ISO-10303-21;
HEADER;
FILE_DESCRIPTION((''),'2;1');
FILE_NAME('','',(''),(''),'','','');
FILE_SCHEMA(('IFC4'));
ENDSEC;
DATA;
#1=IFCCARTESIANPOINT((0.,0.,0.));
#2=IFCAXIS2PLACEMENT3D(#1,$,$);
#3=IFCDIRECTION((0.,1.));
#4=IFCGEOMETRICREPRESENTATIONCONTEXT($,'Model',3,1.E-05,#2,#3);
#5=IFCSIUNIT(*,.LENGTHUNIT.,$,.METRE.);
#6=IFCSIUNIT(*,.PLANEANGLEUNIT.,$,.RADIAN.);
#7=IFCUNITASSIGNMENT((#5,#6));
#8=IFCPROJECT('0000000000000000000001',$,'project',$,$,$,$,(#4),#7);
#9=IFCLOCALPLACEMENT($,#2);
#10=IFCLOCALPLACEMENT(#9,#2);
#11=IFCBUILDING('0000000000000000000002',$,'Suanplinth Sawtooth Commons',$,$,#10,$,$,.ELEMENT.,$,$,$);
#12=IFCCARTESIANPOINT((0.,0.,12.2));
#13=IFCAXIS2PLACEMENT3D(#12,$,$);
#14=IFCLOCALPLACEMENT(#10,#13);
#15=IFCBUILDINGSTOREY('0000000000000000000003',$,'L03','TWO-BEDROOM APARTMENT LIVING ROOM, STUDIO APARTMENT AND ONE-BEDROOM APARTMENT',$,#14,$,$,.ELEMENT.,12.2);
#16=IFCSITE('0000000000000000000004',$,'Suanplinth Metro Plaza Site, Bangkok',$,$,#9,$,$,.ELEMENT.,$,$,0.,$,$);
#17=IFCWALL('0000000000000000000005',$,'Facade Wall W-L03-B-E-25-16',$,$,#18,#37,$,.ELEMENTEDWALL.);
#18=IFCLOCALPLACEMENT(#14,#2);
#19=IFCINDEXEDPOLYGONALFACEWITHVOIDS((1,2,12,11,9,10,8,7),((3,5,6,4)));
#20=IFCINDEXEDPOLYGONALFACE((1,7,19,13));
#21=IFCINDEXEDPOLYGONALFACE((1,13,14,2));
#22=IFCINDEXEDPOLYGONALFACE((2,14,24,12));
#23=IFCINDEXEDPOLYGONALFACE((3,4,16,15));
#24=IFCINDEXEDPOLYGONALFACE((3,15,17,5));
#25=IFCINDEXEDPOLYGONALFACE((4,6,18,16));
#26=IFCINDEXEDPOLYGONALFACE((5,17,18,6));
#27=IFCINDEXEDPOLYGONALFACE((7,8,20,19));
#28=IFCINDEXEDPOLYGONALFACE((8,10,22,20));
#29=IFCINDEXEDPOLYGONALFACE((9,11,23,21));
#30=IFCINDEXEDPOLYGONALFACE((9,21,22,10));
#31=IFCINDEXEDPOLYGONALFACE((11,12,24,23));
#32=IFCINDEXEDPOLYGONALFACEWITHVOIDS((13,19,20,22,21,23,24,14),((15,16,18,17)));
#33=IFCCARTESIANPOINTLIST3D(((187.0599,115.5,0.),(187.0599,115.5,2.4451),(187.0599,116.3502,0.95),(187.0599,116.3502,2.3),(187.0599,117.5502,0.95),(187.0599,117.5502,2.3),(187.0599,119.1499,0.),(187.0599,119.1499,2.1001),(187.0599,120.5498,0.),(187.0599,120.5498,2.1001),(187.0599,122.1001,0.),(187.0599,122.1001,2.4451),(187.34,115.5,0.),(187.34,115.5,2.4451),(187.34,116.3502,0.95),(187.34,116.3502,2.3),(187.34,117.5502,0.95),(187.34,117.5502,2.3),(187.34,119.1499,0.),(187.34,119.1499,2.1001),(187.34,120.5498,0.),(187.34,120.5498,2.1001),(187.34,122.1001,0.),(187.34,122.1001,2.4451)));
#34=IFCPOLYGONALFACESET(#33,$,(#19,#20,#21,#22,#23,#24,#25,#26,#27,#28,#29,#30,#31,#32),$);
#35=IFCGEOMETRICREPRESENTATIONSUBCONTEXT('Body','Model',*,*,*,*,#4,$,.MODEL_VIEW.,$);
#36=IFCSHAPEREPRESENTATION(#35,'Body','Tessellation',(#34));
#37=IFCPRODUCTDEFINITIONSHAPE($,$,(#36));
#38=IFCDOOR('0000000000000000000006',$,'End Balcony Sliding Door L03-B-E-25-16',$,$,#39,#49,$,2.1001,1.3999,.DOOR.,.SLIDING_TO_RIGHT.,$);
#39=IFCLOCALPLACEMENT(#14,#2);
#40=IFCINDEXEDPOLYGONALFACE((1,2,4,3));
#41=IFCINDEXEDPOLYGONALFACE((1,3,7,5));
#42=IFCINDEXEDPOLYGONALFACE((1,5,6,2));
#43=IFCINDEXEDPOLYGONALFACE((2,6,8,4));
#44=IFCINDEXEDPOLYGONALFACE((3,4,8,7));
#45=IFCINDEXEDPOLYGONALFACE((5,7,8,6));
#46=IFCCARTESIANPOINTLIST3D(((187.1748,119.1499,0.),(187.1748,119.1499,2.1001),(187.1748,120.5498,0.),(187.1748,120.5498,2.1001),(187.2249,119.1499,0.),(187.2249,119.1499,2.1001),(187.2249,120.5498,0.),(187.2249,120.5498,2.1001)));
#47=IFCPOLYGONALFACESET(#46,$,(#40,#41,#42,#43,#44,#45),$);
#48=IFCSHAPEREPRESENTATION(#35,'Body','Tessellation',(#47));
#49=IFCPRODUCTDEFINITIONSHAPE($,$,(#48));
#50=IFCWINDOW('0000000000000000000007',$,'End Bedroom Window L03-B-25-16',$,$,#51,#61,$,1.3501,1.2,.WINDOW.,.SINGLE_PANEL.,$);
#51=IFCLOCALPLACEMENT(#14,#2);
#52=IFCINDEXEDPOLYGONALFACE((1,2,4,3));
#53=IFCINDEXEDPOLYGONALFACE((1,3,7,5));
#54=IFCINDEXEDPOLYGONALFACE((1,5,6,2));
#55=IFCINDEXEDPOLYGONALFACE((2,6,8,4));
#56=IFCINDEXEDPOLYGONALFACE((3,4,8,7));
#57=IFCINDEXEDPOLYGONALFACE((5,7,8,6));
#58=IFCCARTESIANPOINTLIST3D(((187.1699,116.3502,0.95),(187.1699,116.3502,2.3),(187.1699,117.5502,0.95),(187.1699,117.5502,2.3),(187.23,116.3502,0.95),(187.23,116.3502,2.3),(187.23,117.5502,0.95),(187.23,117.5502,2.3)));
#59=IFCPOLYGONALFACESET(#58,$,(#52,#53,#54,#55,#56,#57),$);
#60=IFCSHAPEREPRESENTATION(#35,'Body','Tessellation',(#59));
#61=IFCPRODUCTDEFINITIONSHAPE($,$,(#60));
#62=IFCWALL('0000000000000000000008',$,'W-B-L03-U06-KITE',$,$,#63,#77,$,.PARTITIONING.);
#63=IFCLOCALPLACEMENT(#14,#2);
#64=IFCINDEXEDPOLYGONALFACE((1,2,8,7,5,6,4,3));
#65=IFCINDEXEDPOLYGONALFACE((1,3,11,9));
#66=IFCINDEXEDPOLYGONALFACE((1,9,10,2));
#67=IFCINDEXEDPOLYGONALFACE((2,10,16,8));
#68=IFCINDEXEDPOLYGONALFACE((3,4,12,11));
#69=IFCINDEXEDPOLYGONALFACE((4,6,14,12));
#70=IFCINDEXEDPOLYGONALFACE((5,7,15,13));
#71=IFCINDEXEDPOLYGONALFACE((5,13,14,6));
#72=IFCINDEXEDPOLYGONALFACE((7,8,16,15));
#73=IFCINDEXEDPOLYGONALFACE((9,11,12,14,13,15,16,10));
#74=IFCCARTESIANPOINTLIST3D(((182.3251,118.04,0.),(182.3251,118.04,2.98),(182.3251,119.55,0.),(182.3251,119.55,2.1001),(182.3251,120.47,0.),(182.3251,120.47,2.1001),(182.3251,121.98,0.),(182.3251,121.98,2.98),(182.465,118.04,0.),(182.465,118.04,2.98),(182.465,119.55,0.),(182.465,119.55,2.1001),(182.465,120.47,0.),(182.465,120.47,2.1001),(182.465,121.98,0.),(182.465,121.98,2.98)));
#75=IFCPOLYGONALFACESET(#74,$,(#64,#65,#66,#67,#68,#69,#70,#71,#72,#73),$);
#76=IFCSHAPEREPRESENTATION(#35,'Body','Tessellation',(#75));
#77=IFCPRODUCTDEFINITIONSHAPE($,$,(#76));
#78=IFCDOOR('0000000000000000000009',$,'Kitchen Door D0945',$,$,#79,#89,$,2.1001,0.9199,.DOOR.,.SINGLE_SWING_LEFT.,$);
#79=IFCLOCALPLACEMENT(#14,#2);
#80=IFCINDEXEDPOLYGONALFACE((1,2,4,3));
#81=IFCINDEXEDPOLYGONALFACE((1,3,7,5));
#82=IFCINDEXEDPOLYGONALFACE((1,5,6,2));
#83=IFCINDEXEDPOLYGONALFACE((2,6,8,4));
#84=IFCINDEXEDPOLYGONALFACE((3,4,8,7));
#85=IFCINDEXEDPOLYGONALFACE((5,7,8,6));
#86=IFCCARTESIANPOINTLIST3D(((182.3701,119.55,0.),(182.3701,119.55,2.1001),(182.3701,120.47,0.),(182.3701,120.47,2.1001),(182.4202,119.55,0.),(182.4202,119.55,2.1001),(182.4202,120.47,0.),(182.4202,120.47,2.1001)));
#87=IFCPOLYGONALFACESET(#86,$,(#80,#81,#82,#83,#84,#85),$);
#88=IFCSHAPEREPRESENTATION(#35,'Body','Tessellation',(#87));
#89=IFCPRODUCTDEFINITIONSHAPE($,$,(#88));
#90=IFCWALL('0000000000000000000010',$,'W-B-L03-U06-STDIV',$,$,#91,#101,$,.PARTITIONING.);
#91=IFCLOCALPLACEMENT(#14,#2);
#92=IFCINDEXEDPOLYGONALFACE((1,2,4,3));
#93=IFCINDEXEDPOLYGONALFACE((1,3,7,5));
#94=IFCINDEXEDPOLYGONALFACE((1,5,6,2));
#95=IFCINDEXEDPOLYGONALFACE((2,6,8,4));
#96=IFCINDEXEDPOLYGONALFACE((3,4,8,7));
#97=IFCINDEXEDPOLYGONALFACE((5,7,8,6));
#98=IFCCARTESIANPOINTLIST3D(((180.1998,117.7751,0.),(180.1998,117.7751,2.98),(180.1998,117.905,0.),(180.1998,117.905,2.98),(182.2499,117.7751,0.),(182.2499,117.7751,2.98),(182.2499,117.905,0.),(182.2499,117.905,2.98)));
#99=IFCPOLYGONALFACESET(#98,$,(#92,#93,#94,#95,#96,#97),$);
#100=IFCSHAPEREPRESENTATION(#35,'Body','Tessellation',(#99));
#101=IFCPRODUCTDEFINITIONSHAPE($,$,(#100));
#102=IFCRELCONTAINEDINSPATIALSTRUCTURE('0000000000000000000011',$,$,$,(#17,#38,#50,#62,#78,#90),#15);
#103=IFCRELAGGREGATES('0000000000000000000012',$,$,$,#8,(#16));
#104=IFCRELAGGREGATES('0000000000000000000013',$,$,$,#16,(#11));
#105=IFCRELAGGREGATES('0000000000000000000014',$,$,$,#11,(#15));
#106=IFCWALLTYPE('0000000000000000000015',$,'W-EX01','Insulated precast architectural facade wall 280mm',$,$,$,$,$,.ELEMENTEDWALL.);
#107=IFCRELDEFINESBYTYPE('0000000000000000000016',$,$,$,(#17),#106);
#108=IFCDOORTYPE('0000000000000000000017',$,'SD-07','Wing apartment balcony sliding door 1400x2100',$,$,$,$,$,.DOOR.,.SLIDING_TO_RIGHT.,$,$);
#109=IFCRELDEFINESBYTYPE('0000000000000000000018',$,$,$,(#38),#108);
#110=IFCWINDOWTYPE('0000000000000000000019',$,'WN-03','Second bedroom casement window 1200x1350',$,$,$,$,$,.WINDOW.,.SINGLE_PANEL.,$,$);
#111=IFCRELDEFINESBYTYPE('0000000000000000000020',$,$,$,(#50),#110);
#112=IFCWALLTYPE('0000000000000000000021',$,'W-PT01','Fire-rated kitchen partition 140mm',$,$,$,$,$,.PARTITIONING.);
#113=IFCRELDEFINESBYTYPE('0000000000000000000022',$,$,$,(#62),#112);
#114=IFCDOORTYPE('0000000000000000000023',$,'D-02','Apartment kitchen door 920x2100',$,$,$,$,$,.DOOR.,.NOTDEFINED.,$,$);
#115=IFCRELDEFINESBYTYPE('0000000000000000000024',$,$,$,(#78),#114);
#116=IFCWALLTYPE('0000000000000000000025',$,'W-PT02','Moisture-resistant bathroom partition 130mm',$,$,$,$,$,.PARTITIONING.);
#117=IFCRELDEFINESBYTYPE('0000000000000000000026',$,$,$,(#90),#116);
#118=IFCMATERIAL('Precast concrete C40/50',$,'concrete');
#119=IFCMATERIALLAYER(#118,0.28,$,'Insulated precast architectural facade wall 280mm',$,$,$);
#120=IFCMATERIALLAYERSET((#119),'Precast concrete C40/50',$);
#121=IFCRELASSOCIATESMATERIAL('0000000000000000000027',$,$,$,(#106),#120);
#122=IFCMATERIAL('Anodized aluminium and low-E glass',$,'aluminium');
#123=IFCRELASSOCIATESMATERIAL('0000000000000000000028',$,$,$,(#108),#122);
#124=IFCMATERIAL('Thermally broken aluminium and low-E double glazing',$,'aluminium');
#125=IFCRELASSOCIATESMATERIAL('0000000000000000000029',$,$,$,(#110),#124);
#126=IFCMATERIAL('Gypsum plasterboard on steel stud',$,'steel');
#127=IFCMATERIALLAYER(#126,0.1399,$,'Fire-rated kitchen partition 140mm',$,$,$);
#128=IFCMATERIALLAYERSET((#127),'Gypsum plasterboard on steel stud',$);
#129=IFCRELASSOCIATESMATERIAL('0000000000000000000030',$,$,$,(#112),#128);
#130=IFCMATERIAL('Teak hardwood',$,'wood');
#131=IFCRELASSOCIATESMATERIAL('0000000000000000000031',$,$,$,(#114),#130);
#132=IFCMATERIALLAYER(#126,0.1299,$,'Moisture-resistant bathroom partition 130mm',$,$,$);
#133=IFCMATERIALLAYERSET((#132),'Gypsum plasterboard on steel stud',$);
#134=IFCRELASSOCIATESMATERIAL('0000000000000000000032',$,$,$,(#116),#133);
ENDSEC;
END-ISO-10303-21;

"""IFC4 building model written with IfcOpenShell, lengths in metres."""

from ifc_helpers import new_model, si_unit, direction, frame, frame_2d, origin, place, context, subcontext, project, spatial, rectangle, extrude, material, layer, layer_set, type_object, element, fill, save


model = new_model("IFC4")

# Units and contexts
model_context = context("Model", 3, precision=1e-05, world=origin(), true_north=direction((0.0, 1.0)))
body_context = subcontext(model_context, "Body", "Model", "MODEL_VIEW")
ifc_project = project(units=[si_unit("LENGTHUNIT", "METRE"), si_unit("PLANEANGLEUNIT", "RADIAN")], contexts=[model_context])

# Site, building, storey
site_placement = place(None, origin())
site = spatial("IfcSite", under=ifc_project, at=site_placement, Name="Suanplinth Metro Plaza Site, Bangkok", CompositionType="ELEMENT", RefElevation=0.0)
building_placement = place(site_placement, origin())
building = spatial("IfcBuilding", under=site, at=building_placement, Name="Suanplinth Sawtooth Commons", CompositionType="ELEMENT")
storey_placement = place(building_placement, frame((0.0, 0.0, 12.2)))
storey = spatial("IfcBuildingStorey", under=building, at=storey_placement, Name="L03", Description="TWO-BEDROOM APARTMENT LIVING ROOM, STUDIO APARTMENT AND ONE-BEDROOM APARTMENT", CompositionType="ELEMENT", Elevation=12.2)

# Shared definitions
ifc_material_1 = material(Name="Precast concrete C40/50", Category="concrete")

# Wall, openings, door, window
ifc_layer_1 = layer(ifc_material_1, 0.28, Name="Insulated precast architectural facade wall 280mm")
ifc_layer_set_1 = layer_set([ifc_layer_1], Name="Precast concrete C40/50")
wall_type_1 = type_object("IfcWallType", Name="W-EX01", Description="Insulated precast architectural facade wall 280mm", PredefinedType="ELEMENTEDWALL", material=ifc_layer_set_1)
ifc_material_2 = material(Name="Anodized aluminium and low-E glass", Category="aluminium")
door_type_1 = type_object("IfcDoorType", Name="SD-07", Description="Wing apartment balcony sliding door 1400x2100", OperationType="SLIDING_TO_RIGHT", PredefinedType="DOOR", material=ifc_material_2)
ifc_material_3 = material(Name="Thermally broken aluminium and low-E double glazing", Category="aluminium")
wall_1_placement = place(storey_placement, frame((187.2, 115.5, 0.0), z_axis=(0.0, 0.0, 1.0), x_axis=(0.0, 1.0, 0.0)))
wall_1 = element("IfcWall", 1, at=wall_1_placement, inside=storey, type_object=wall_type_1, Name="Facade Wall W-L03-B-E-25-16", PredefinedType="ELEMENTEDWALL", context=body_context, shape_type="SweptSolid", body=[
    extrude(rectangle(XDim=6.6001, YDim=0.28, at=frame_2d((3.3, 0.0))), origin(), (0.0, 0.0, 1.0), 2.4451),
])
opening_1_placement = place(wall_1_placement, frame((3.6499, 0.0, 0.0)))
opening_1 = element("IfcOpeningElement", 2, at=opening_1_placement, cuts=wall_1, PredefinedType="OPENING", context=body_context, shape_type="SweptSolid", body=[
    extrude(rectangle(XDim=1.3999, YDim=2.1001, at=frame_2d((0.7, 1.05))), frame((0.0, 0.1548, 0.0), z_axis=(0.0, -1.0, 0.0), x_axis=(1.0, 0.0, 0.0)), (0.0, 0.0, 1.0), 0.3098),
])
opening_2_placement = place(wall_1_placement, frame((0.8501, 0.0, 0.95)))
opening_2 = element("IfcOpeningElement", 3, at=opening_2_placement, cuts=wall_1, PredefinedType="OPENING", context=body_context, shape_type="SweptSolid", body=[
    extrude(rectangle(XDim=1.2, YDim=1.3501, at=frame_2d((0.6001, 0.675))), frame((0.0, 0.1548, 0.0), z_axis=(0.0, -1.0, 0.0), x_axis=(1.0, 0.0, 0.0)), (0.0, 0.0, 1.0), 0.3098),
])
door_1_placement = place(opening_1_placement, frame((1.3999, 0.0, 0.0), z_axis=(0.0, 0.0, 1.0), x_axis=(-1.0, 0.0, 0.0)))
door_1 = element("IfcDoor", 4, at=door_1_placement, inside=storey, type_object=door_type_1, Name="End Balcony Sliding Door L03-B-E-25-16", OperationType="SLIDING_TO_RIGHT", OverallHeight=2.1001, OverallWidth=1.3999, PredefinedType="DOOR", context=body_context, shape_type="SweptSolid", body=[
    extrude(rectangle(XDim=1.3999, YDim=2.1001, at=frame_2d((0.7, 1.05))), frame((0.0, 0.0249, 0.0), z_axis=(0.0, -1.0, 0.0), x_axis=(1.0, 0.0, 0.0)), (0.0, 0.0, 1.0), 0.05),
])
fill(opening_1, door_1)
window_type_1 = type_object("IfcWindowType", Name="WN-03", Description="Second bedroom casement window 1200x1350", PartitioningType="SINGLE_PANEL", PredefinedType="WINDOW", material=ifc_material_3)
window_1_placement = place(opening_2_placement, origin())
window_1 = element("IfcWindow", 5, at=window_1_placement, inside=storey, type_object=window_type_1, Name="End Bedroom Window L03-B-25-16", OverallHeight=1.3501, OverallWidth=1.2, PartitioningType="SINGLE_PANEL", PredefinedType="WINDOW", context=body_context, shape_type="SweptSolid", body=[
    extrude(rectangle(XDim=1.2, YDim=1.3501, at=frame_2d((0.6001, 0.675))), frame((0.0, 0.03, 0.0), z_axis=(0.0, -1.0, 0.0), x_axis=(1.0, 0.0, 0.0)), (0.0, 0.0, 1.0), 0.0601),
])
fill(opening_2, window_1)

# Wall, opening, door
ifc_material_4 = material(Name="Gypsum plasterboard on steel stud", Category="steel")
ifc_layer_2 = layer(ifc_material_4, 0.1399, Name="Fire-rated kitchen partition 140mm")
ifc_layer_set_2 = layer_set([ifc_layer_2], Name="Gypsum plasterboard on steel stud")
wall_type_2 = type_object("IfcWallType", Name="W-PT01", Description="Fire-rated kitchen partition 140mm", PredefinedType="PARTITIONING", material=ifc_layer_set_2)
wall_2_placement = place(storey_placement, frame((182.395, 118.04, 0.0), z_axis=(0.0, 0.0, 1.0), x_axis=(0.0, 1.0, 0.0)))
wall_2 = element("IfcWall", 6, at=wall_2_placement, inside=storey, type_object=wall_type_2, Name="W-B-L03-U06-KITE", PredefinedType="PARTITIONING", context=body_context, shape_type="SweptSolid", body=[
    extrude(rectangle(XDim=3.9399, YDim=0.1399, at=frame_2d((1.97, 0.0))), origin(), (0.0, 0.0, 1.0), 2.98),
])
opening_3_placement = place(wall_2_placement, frame((1.51, 0.0, 0.0)))
opening_3 = element("IfcOpeningElement", 7, at=opening_3_placement, cuts=wall_2, PredefinedType="OPENING", context=body_context, shape_type="SweptSolid", body=[
    extrude(rectangle(XDim=0.9199, YDim=2.1001, at=frame_2d((0.46, 1.05))), frame((0.0, 0.085, 0.0), z_axis=(0.0, -1.0, 0.0), x_axis=(1.0, 0.0, 0.0)), (0.0, 0.0, 1.0), 0.1697),
])
ifc_material_5 = material(Name="Teak hardwood", Category="wood")
door_type_2 = type_object("IfcDoorType", Name="D-02", Description="Apartment kitchen door 920x2100", OperationType="NOTDEFINED", PredefinedType="DOOR", material=ifc_material_5)
door_2_placement = place(opening_3_placement, origin())
door_2 = element("IfcDoor", 8, at=door_2_placement, inside=storey, type_object=door_type_2, Name="Kitchen Door D0945", OperationType="SINGLE_SWING_LEFT", OverallHeight=2.1001, OverallWidth=0.9199, PredefinedType="DOOR", context=body_context, shape_type="SweptSolid", body=[
    extrude(rectangle(XDim=0.9199, YDim=2.1001, at=frame_2d((0.46, 1.05))), frame((0.0, 0.0249, 0.0), z_axis=(0.0, -1.0, 0.0), x_axis=(1.0, 0.0, 0.0)), (0.0, 0.0, 1.0), 0.05),
])
fill(opening_3, door_2)

# Wall
ifc_layer_3 = layer(ifc_material_4, 0.1299, Name="Moisture-resistant bathroom partition 130mm")
ifc_layer_set_3 = layer_set([ifc_layer_3], Name="Gypsum plasterboard on steel stud")
wall_type_3 = type_object("IfcWallType", Name="W-PT02", Description="Moisture-resistant bathroom partition 130mm", PredefinedType="PARTITIONING", material=ifc_layer_set_3)
wall_3_placement = place(storey_placement, frame((180.2, 117.8401, 0.0), z_axis=(0.0, 0.0, 1.0), x_axis=(1.0, 0.0, 0.0)))
element("IfcWall", 9, at=wall_3_placement, inside=storey, type_object=wall_type_3, Name="W-B-L03-U06-STDIV", PredefinedType="PARTITIONING", context=body_context, shape_type="SweptSolid", body=[
    extrude(rectangle(XDim=2.05, YDim=0.1299, at=frame_2d((1.0249, 0.0))), origin(), (0.0, 0.0, 1.0), 2.98),
])

save(model, "model.ifc")
